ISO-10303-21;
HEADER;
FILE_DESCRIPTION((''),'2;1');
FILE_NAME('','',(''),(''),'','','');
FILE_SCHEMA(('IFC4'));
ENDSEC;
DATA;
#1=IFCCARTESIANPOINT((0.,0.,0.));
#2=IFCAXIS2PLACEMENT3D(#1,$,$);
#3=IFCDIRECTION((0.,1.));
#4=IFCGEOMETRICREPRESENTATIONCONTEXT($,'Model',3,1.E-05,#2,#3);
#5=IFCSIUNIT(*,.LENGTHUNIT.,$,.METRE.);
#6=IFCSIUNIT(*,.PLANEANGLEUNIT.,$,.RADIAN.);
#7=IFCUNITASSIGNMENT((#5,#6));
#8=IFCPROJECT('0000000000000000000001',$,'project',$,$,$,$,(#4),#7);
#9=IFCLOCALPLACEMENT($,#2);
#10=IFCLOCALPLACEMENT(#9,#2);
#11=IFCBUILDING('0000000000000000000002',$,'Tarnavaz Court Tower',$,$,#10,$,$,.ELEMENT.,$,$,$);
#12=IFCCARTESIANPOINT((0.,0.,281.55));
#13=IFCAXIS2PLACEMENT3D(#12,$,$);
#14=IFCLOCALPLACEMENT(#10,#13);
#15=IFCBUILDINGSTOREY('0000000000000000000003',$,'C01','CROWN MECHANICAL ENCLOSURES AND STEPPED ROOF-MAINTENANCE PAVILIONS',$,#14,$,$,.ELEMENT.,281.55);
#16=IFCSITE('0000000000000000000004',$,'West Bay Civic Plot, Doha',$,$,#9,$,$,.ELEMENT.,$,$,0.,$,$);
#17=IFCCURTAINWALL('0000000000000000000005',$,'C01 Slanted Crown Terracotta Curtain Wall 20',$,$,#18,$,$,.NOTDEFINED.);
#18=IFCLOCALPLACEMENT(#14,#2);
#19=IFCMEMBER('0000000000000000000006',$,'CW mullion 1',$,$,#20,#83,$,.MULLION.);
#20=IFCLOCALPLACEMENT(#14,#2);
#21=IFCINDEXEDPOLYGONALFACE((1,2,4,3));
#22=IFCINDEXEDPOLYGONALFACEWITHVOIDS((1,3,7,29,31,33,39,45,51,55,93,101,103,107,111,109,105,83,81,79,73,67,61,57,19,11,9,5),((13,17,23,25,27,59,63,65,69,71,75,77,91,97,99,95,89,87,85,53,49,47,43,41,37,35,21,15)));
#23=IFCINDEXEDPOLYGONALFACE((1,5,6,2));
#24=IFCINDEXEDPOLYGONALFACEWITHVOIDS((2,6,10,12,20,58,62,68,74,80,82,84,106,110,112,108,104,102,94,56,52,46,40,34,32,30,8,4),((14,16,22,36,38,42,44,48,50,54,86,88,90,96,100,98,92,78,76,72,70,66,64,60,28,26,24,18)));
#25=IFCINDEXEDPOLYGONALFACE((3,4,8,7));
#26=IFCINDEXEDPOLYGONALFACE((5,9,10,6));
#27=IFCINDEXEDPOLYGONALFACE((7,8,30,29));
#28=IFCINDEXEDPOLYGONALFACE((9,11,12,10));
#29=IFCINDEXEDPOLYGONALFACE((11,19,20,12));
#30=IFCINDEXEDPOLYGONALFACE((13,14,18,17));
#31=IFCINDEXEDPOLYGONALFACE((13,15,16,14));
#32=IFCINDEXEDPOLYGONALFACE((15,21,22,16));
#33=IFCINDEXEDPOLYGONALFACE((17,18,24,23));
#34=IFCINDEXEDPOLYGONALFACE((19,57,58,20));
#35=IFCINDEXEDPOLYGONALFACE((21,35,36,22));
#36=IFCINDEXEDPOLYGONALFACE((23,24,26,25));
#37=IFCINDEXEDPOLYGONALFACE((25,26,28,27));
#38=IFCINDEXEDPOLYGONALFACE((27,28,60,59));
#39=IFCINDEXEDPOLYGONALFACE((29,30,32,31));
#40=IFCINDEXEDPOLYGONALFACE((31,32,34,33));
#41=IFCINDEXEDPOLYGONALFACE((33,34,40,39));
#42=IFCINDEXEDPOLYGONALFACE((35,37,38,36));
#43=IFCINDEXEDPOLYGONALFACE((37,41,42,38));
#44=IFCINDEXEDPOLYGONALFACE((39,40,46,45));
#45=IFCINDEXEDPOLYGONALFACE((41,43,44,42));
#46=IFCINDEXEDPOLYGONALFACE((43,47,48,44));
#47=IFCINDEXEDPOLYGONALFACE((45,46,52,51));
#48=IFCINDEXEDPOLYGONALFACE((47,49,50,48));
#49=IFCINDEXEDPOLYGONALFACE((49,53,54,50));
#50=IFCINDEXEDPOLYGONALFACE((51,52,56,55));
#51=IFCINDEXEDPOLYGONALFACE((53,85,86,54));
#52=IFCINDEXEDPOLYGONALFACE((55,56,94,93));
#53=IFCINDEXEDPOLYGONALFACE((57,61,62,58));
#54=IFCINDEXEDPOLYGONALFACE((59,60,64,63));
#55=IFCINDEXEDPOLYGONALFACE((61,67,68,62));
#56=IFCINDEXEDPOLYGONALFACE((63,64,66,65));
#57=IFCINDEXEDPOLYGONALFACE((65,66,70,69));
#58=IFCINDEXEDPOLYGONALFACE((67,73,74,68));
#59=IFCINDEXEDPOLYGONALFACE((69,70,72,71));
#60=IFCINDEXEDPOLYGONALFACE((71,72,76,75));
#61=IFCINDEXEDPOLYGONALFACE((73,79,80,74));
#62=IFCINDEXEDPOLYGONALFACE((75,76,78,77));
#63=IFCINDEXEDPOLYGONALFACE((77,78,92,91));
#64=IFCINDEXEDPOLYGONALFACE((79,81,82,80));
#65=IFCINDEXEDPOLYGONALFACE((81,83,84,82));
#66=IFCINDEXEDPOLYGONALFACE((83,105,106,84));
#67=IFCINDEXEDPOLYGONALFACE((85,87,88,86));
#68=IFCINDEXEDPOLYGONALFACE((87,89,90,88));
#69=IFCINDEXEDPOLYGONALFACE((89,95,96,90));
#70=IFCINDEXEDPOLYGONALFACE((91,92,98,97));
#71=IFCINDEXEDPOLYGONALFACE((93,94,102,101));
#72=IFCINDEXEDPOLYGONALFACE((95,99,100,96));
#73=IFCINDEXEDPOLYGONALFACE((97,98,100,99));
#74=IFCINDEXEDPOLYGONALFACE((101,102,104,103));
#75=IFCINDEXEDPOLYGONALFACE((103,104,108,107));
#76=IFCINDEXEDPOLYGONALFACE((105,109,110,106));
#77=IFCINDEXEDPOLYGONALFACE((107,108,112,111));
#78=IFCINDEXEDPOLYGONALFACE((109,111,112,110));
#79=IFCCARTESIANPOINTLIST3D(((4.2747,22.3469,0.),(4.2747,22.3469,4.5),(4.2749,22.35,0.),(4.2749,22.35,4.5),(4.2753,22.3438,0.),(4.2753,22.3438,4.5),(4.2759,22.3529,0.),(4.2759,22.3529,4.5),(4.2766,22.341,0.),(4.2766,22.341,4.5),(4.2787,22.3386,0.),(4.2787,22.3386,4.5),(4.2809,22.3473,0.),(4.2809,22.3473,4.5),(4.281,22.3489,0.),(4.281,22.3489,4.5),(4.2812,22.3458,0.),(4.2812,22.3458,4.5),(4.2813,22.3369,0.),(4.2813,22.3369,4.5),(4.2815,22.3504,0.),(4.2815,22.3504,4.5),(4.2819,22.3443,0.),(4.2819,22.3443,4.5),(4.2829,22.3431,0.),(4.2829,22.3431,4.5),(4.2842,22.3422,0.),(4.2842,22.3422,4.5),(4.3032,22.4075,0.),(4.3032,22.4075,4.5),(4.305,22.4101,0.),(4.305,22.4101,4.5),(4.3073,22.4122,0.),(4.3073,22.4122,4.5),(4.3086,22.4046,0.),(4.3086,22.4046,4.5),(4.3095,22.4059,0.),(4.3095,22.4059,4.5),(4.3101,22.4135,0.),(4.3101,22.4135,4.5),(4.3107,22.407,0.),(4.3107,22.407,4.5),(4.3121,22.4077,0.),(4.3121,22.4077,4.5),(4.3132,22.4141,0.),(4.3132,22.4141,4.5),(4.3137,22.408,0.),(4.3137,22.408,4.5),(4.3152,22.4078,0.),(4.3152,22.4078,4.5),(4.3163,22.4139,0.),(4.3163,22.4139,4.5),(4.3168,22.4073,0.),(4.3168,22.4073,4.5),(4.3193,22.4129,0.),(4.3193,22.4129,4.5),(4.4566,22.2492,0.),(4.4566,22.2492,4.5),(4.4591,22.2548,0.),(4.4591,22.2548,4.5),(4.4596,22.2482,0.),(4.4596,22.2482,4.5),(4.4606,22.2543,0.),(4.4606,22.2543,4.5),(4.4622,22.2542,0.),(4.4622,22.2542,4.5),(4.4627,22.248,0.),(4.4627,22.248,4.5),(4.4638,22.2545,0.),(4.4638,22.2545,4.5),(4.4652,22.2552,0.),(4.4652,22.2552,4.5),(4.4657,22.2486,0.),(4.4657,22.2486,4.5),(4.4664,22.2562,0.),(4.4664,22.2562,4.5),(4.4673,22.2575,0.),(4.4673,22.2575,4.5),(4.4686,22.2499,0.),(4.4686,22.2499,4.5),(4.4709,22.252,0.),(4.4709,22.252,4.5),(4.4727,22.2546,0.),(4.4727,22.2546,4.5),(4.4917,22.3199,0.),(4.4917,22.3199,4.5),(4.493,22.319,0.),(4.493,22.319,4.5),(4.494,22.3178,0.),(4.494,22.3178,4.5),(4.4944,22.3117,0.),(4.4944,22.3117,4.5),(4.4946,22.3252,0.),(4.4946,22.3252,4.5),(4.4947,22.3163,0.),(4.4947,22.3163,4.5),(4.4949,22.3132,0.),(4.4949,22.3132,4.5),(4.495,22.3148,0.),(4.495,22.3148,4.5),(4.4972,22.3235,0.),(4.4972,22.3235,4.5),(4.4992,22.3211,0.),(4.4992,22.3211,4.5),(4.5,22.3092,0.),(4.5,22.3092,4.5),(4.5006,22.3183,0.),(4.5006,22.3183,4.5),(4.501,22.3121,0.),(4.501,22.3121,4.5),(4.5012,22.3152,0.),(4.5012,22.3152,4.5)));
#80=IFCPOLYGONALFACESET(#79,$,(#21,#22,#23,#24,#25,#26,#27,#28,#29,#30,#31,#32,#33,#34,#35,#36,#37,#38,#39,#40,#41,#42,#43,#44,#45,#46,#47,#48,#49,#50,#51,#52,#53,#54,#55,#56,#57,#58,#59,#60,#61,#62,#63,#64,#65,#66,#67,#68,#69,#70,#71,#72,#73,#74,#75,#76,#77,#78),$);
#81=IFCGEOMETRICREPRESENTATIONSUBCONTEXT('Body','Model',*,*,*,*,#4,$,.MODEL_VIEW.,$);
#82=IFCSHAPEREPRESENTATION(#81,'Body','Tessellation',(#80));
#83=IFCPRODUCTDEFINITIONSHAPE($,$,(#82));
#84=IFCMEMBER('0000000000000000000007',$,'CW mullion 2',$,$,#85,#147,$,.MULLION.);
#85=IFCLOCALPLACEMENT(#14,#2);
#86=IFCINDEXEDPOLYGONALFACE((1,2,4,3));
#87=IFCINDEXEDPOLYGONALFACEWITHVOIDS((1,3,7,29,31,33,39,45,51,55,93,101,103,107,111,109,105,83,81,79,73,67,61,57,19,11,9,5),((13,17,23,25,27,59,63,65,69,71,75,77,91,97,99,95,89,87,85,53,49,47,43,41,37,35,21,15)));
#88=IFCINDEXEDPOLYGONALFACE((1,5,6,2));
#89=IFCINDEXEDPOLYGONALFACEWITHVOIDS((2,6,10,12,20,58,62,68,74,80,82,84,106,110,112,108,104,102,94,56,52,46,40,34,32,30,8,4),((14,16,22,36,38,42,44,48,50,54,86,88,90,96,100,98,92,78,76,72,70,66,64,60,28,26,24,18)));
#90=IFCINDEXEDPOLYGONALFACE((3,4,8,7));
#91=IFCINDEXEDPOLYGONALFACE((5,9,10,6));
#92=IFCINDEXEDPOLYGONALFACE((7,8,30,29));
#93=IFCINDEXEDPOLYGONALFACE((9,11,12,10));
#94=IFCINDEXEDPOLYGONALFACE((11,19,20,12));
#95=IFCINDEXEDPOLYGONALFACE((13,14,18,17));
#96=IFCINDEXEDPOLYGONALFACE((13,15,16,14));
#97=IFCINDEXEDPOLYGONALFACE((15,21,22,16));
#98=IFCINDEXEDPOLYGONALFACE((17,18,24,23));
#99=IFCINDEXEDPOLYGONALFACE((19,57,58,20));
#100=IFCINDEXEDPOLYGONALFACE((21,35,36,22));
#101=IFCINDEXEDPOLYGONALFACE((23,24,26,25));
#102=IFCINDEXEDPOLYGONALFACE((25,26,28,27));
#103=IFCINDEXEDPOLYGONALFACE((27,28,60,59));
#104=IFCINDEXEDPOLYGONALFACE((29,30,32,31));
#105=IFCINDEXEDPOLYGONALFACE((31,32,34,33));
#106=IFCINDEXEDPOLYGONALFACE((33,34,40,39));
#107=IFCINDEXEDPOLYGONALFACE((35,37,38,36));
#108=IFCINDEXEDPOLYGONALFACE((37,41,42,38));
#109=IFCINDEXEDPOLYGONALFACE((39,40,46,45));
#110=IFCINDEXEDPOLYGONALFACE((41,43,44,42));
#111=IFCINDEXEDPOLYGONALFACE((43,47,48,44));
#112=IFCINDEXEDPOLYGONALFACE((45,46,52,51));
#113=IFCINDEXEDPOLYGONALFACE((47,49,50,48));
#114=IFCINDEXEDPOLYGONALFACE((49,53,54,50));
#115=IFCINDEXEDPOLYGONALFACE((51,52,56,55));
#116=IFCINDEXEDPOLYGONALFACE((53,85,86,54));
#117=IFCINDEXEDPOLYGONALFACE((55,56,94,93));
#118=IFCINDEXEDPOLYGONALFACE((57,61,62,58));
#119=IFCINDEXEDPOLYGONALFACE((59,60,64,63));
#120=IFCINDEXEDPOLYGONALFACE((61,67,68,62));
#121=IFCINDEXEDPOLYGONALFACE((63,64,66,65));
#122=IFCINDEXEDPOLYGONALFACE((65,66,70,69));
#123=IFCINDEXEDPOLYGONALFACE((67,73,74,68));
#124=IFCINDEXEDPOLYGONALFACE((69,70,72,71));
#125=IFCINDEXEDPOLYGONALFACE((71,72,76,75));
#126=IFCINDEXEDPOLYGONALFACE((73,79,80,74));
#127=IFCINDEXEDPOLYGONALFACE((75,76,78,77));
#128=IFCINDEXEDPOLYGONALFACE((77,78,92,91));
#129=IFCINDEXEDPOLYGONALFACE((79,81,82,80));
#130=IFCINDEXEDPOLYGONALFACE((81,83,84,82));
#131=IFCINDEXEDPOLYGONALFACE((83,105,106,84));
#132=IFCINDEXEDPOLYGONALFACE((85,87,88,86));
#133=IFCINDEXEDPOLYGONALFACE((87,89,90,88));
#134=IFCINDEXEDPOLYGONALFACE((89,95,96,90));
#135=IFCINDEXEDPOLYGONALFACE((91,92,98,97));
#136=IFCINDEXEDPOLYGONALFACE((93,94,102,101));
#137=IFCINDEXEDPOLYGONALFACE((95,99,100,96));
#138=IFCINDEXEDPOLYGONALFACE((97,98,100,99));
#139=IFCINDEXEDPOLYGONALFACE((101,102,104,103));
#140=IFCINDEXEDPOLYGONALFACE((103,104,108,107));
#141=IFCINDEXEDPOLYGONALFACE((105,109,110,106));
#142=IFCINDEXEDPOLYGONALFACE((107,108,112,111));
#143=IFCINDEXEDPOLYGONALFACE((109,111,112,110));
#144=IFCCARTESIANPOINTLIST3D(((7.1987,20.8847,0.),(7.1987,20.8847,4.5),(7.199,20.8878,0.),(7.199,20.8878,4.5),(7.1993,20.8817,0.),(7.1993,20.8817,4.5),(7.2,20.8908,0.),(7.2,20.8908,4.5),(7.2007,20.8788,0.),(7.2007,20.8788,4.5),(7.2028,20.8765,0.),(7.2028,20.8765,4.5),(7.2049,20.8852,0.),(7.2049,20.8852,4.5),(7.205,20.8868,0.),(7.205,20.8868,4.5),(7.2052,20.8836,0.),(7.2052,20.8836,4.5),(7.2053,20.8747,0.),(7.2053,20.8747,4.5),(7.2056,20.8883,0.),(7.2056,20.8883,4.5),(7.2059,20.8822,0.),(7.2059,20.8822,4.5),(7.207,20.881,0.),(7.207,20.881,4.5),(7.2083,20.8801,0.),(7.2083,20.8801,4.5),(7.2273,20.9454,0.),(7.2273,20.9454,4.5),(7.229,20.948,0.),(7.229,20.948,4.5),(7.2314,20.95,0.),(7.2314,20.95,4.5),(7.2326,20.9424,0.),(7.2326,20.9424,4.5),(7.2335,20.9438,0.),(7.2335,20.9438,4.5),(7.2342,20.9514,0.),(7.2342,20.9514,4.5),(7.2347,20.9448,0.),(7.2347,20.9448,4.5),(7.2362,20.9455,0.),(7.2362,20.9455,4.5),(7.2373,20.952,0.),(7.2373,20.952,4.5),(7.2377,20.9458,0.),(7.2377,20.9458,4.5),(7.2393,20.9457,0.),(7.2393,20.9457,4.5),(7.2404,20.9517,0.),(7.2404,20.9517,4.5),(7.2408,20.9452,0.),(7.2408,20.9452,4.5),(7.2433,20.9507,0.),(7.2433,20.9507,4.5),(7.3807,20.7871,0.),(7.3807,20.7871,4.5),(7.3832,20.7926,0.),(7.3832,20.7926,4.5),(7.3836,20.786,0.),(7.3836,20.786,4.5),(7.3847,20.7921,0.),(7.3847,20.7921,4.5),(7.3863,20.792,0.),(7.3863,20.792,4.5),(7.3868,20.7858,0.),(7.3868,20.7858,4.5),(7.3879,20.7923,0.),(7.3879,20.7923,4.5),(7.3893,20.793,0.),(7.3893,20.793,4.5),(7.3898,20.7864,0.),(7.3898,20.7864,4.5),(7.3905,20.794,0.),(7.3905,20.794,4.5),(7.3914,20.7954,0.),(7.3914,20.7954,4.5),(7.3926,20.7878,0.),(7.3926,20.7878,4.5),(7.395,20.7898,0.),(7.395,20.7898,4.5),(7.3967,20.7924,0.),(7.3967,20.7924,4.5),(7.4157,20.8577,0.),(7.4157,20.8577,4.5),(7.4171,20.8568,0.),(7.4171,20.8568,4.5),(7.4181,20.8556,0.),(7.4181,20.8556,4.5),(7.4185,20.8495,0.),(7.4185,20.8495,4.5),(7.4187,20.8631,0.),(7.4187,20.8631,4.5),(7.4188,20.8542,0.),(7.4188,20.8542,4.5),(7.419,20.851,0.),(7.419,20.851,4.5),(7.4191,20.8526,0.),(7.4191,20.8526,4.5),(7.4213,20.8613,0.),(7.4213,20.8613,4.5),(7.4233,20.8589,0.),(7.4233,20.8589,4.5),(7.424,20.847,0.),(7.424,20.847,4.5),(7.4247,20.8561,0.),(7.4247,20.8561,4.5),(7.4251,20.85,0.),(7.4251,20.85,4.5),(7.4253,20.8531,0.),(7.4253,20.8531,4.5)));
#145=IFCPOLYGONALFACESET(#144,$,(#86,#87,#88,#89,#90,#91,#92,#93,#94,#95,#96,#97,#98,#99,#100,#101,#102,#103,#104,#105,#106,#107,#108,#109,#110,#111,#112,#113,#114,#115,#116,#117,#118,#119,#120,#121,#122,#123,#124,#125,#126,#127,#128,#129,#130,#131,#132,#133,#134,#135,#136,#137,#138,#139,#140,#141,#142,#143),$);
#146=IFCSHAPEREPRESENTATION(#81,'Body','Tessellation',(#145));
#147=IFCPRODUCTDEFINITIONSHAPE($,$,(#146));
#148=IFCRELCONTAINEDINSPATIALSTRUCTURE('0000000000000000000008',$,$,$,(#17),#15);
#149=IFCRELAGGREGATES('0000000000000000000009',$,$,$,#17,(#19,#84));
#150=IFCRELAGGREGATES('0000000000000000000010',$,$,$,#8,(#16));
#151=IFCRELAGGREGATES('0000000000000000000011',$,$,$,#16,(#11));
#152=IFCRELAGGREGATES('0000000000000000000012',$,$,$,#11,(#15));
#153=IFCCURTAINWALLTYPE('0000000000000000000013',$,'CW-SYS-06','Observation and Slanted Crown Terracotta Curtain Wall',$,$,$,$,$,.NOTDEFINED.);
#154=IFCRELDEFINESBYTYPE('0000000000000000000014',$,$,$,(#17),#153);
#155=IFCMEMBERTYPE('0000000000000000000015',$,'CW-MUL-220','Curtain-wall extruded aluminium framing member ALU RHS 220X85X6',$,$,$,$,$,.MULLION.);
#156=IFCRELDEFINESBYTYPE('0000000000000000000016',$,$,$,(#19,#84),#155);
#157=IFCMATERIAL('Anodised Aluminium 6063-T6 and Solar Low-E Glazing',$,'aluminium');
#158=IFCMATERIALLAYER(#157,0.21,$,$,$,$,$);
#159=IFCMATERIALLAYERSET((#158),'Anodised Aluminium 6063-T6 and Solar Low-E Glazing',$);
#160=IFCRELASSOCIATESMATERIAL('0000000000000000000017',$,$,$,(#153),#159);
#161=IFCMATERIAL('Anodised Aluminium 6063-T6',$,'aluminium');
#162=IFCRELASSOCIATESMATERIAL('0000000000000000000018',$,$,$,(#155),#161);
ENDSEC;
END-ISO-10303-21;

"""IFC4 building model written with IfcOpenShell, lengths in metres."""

from ifc_helpers import new_model, si_unit, direction, frame, origin, origin_2d, place, context, subcontext, project, spatial, hollow_rectangle, extrude, material, layer, layer_set, material_profile, profile_set, type_object, element, aggregate, save


model = new_model("IFC4")

# Units and contexts
model_context = context("Model", 3, precision=1e-05, world=origin(), true_north=direction((0.0, 1.0)))
body_context = subcontext(model_context, "Body", "Model", "MODEL_VIEW")
ifc_project = project(units=[si_unit("LENGTHUNIT", "METRE"), si_unit("PLANEANGLEUNIT", "RADIAN")], contexts=[model_context])

# Site, building, storey
site_placement = place(None, origin())
site = spatial("IfcSite", under=ifc_project, at=site_placement, Name="West Bay Civic Plot, Doha", CompositionType="ELEMENT", RefElevation=0.0)
building_placement = place(site_placement, origin())
building = spatial("IfcBuilding", under=site, at=building_placement, Name="Tarnavaz Court Tower", CompositionType="ELEMENT")
storey_placement = place(building_placement, frame((0.0, 0.0, 281.55)))
storey = spatial("IfcBuildingStorey", under=building, at=storey_placement, Name="C01", Description="CROWN MECHANICAL ENCLOSURES AND STEPPED ROOF-MAINTENANCE PAVILIONS", CompositionType="ELEMENT", Elevation=281.55)

# Shared definitions
ifc_material_1 = material(Name="Anodised Aluminium 6063-T6 and Solar Low-E Glazing", Category="aluminium")
ifc_layer_1 = layer(ifc_material_1, 0.21)
ifc_layer_set_1 = layer_set([ifc_layer_1], Name="Anodised Aluminium 6063-T6 and Solar Low-E Glazing")
curtain_wall_type = type_object("IfcCurtainWallType", Name="CW-SYS-06", Description="Observation and Slanted Crown Terracotta Curtain Wall", PredefinedType="NOTDEFINED", material=ifc_layer_set_1)
ifc_material_2 = material(Name="Anodised Aluminium 6063-T6", Category="aluminium")
ifc_material_profile_1 = material_profile(ifc_material_2, hollow_rectangle(XDim=0.085, YDim=0.22, WallThickness=0.0061, InnerFilletRadius=0.0061, OuterFilletRadius=0.012, at=origin_2d()), Name="ALU RHS 220X85X6")
ifc_profile_set_1 = profile_set([ifc_material_profile_1], Name="Anodised Aluminium 6063-T6")
member_type_1 = type_object("IfcMemberType", Name="CW-MUL-220", Description="Curtain-wall extruded aluminium framing member ALU RHS 220X85X6", PredefinedType="MULLION", material=ifc_profile_set_1)

# Curtain wall, members
curtain_wall_1_placement = place(storey_placement, origin())
curtain_wall_1 = element("IfcCurtainWall", 1, at=curtain_wall_1_placement, inside=storey, type_object=curtain_wall_type, Name="C01 Slanted Crown Terracotta Curtain Wall 20", PredefinedType="NOTDEFINED")
member_1_placement = place(storey_placement, frame((4.3879, 22.3311, 0.0), z_axis=(0.0, 0.0, 1.0), x_axis=(0.447214, 0.894427, 0.0)))
member_1 = element("IfcMember", 2, at=member_1_placement, type_object=member_type_1, Name="CW mullion 1", PredefinedType="MULLION", context=body_context, shape_type="SweptSolid", body=[
    extrude(hollow_rectangle(XDim=0.085, YDim=0.22, WallThickness=0.0061, InnerFilletRadius=0.0061, OuterFilletRadius=0.012, at=origin_2d()), origin(), (0.0, 0.0, 1.0), 4.5),
])
member_2_placement = place(storey_placement, frame((7.312, 20.8689, 0.0), z_axis=(0.0, 0.0, 1.0), x_axis=(0.447214, 0.894427, 0.0)))
member_2 = element("IfcMember", 3, at=member_2_placement, type_object=member_type_1, Name="CW mullion 2", PredefinedType="MULLION", context=body_context, shape_type="SweptSolid", body=[
    extrude(hollow_rectangle(XDim=0.085, YDim=0.22, WallThickness=0.0061, InnerFilletRadius=0.0061, OuterFilletRadius=0.012, at=origin_2d()), origin(), (0.0, 0.0, 1.0), 4.5),
])

aggregate(curtain_wall_1, [member_1, member_2])

save(model, "model.ifc")
